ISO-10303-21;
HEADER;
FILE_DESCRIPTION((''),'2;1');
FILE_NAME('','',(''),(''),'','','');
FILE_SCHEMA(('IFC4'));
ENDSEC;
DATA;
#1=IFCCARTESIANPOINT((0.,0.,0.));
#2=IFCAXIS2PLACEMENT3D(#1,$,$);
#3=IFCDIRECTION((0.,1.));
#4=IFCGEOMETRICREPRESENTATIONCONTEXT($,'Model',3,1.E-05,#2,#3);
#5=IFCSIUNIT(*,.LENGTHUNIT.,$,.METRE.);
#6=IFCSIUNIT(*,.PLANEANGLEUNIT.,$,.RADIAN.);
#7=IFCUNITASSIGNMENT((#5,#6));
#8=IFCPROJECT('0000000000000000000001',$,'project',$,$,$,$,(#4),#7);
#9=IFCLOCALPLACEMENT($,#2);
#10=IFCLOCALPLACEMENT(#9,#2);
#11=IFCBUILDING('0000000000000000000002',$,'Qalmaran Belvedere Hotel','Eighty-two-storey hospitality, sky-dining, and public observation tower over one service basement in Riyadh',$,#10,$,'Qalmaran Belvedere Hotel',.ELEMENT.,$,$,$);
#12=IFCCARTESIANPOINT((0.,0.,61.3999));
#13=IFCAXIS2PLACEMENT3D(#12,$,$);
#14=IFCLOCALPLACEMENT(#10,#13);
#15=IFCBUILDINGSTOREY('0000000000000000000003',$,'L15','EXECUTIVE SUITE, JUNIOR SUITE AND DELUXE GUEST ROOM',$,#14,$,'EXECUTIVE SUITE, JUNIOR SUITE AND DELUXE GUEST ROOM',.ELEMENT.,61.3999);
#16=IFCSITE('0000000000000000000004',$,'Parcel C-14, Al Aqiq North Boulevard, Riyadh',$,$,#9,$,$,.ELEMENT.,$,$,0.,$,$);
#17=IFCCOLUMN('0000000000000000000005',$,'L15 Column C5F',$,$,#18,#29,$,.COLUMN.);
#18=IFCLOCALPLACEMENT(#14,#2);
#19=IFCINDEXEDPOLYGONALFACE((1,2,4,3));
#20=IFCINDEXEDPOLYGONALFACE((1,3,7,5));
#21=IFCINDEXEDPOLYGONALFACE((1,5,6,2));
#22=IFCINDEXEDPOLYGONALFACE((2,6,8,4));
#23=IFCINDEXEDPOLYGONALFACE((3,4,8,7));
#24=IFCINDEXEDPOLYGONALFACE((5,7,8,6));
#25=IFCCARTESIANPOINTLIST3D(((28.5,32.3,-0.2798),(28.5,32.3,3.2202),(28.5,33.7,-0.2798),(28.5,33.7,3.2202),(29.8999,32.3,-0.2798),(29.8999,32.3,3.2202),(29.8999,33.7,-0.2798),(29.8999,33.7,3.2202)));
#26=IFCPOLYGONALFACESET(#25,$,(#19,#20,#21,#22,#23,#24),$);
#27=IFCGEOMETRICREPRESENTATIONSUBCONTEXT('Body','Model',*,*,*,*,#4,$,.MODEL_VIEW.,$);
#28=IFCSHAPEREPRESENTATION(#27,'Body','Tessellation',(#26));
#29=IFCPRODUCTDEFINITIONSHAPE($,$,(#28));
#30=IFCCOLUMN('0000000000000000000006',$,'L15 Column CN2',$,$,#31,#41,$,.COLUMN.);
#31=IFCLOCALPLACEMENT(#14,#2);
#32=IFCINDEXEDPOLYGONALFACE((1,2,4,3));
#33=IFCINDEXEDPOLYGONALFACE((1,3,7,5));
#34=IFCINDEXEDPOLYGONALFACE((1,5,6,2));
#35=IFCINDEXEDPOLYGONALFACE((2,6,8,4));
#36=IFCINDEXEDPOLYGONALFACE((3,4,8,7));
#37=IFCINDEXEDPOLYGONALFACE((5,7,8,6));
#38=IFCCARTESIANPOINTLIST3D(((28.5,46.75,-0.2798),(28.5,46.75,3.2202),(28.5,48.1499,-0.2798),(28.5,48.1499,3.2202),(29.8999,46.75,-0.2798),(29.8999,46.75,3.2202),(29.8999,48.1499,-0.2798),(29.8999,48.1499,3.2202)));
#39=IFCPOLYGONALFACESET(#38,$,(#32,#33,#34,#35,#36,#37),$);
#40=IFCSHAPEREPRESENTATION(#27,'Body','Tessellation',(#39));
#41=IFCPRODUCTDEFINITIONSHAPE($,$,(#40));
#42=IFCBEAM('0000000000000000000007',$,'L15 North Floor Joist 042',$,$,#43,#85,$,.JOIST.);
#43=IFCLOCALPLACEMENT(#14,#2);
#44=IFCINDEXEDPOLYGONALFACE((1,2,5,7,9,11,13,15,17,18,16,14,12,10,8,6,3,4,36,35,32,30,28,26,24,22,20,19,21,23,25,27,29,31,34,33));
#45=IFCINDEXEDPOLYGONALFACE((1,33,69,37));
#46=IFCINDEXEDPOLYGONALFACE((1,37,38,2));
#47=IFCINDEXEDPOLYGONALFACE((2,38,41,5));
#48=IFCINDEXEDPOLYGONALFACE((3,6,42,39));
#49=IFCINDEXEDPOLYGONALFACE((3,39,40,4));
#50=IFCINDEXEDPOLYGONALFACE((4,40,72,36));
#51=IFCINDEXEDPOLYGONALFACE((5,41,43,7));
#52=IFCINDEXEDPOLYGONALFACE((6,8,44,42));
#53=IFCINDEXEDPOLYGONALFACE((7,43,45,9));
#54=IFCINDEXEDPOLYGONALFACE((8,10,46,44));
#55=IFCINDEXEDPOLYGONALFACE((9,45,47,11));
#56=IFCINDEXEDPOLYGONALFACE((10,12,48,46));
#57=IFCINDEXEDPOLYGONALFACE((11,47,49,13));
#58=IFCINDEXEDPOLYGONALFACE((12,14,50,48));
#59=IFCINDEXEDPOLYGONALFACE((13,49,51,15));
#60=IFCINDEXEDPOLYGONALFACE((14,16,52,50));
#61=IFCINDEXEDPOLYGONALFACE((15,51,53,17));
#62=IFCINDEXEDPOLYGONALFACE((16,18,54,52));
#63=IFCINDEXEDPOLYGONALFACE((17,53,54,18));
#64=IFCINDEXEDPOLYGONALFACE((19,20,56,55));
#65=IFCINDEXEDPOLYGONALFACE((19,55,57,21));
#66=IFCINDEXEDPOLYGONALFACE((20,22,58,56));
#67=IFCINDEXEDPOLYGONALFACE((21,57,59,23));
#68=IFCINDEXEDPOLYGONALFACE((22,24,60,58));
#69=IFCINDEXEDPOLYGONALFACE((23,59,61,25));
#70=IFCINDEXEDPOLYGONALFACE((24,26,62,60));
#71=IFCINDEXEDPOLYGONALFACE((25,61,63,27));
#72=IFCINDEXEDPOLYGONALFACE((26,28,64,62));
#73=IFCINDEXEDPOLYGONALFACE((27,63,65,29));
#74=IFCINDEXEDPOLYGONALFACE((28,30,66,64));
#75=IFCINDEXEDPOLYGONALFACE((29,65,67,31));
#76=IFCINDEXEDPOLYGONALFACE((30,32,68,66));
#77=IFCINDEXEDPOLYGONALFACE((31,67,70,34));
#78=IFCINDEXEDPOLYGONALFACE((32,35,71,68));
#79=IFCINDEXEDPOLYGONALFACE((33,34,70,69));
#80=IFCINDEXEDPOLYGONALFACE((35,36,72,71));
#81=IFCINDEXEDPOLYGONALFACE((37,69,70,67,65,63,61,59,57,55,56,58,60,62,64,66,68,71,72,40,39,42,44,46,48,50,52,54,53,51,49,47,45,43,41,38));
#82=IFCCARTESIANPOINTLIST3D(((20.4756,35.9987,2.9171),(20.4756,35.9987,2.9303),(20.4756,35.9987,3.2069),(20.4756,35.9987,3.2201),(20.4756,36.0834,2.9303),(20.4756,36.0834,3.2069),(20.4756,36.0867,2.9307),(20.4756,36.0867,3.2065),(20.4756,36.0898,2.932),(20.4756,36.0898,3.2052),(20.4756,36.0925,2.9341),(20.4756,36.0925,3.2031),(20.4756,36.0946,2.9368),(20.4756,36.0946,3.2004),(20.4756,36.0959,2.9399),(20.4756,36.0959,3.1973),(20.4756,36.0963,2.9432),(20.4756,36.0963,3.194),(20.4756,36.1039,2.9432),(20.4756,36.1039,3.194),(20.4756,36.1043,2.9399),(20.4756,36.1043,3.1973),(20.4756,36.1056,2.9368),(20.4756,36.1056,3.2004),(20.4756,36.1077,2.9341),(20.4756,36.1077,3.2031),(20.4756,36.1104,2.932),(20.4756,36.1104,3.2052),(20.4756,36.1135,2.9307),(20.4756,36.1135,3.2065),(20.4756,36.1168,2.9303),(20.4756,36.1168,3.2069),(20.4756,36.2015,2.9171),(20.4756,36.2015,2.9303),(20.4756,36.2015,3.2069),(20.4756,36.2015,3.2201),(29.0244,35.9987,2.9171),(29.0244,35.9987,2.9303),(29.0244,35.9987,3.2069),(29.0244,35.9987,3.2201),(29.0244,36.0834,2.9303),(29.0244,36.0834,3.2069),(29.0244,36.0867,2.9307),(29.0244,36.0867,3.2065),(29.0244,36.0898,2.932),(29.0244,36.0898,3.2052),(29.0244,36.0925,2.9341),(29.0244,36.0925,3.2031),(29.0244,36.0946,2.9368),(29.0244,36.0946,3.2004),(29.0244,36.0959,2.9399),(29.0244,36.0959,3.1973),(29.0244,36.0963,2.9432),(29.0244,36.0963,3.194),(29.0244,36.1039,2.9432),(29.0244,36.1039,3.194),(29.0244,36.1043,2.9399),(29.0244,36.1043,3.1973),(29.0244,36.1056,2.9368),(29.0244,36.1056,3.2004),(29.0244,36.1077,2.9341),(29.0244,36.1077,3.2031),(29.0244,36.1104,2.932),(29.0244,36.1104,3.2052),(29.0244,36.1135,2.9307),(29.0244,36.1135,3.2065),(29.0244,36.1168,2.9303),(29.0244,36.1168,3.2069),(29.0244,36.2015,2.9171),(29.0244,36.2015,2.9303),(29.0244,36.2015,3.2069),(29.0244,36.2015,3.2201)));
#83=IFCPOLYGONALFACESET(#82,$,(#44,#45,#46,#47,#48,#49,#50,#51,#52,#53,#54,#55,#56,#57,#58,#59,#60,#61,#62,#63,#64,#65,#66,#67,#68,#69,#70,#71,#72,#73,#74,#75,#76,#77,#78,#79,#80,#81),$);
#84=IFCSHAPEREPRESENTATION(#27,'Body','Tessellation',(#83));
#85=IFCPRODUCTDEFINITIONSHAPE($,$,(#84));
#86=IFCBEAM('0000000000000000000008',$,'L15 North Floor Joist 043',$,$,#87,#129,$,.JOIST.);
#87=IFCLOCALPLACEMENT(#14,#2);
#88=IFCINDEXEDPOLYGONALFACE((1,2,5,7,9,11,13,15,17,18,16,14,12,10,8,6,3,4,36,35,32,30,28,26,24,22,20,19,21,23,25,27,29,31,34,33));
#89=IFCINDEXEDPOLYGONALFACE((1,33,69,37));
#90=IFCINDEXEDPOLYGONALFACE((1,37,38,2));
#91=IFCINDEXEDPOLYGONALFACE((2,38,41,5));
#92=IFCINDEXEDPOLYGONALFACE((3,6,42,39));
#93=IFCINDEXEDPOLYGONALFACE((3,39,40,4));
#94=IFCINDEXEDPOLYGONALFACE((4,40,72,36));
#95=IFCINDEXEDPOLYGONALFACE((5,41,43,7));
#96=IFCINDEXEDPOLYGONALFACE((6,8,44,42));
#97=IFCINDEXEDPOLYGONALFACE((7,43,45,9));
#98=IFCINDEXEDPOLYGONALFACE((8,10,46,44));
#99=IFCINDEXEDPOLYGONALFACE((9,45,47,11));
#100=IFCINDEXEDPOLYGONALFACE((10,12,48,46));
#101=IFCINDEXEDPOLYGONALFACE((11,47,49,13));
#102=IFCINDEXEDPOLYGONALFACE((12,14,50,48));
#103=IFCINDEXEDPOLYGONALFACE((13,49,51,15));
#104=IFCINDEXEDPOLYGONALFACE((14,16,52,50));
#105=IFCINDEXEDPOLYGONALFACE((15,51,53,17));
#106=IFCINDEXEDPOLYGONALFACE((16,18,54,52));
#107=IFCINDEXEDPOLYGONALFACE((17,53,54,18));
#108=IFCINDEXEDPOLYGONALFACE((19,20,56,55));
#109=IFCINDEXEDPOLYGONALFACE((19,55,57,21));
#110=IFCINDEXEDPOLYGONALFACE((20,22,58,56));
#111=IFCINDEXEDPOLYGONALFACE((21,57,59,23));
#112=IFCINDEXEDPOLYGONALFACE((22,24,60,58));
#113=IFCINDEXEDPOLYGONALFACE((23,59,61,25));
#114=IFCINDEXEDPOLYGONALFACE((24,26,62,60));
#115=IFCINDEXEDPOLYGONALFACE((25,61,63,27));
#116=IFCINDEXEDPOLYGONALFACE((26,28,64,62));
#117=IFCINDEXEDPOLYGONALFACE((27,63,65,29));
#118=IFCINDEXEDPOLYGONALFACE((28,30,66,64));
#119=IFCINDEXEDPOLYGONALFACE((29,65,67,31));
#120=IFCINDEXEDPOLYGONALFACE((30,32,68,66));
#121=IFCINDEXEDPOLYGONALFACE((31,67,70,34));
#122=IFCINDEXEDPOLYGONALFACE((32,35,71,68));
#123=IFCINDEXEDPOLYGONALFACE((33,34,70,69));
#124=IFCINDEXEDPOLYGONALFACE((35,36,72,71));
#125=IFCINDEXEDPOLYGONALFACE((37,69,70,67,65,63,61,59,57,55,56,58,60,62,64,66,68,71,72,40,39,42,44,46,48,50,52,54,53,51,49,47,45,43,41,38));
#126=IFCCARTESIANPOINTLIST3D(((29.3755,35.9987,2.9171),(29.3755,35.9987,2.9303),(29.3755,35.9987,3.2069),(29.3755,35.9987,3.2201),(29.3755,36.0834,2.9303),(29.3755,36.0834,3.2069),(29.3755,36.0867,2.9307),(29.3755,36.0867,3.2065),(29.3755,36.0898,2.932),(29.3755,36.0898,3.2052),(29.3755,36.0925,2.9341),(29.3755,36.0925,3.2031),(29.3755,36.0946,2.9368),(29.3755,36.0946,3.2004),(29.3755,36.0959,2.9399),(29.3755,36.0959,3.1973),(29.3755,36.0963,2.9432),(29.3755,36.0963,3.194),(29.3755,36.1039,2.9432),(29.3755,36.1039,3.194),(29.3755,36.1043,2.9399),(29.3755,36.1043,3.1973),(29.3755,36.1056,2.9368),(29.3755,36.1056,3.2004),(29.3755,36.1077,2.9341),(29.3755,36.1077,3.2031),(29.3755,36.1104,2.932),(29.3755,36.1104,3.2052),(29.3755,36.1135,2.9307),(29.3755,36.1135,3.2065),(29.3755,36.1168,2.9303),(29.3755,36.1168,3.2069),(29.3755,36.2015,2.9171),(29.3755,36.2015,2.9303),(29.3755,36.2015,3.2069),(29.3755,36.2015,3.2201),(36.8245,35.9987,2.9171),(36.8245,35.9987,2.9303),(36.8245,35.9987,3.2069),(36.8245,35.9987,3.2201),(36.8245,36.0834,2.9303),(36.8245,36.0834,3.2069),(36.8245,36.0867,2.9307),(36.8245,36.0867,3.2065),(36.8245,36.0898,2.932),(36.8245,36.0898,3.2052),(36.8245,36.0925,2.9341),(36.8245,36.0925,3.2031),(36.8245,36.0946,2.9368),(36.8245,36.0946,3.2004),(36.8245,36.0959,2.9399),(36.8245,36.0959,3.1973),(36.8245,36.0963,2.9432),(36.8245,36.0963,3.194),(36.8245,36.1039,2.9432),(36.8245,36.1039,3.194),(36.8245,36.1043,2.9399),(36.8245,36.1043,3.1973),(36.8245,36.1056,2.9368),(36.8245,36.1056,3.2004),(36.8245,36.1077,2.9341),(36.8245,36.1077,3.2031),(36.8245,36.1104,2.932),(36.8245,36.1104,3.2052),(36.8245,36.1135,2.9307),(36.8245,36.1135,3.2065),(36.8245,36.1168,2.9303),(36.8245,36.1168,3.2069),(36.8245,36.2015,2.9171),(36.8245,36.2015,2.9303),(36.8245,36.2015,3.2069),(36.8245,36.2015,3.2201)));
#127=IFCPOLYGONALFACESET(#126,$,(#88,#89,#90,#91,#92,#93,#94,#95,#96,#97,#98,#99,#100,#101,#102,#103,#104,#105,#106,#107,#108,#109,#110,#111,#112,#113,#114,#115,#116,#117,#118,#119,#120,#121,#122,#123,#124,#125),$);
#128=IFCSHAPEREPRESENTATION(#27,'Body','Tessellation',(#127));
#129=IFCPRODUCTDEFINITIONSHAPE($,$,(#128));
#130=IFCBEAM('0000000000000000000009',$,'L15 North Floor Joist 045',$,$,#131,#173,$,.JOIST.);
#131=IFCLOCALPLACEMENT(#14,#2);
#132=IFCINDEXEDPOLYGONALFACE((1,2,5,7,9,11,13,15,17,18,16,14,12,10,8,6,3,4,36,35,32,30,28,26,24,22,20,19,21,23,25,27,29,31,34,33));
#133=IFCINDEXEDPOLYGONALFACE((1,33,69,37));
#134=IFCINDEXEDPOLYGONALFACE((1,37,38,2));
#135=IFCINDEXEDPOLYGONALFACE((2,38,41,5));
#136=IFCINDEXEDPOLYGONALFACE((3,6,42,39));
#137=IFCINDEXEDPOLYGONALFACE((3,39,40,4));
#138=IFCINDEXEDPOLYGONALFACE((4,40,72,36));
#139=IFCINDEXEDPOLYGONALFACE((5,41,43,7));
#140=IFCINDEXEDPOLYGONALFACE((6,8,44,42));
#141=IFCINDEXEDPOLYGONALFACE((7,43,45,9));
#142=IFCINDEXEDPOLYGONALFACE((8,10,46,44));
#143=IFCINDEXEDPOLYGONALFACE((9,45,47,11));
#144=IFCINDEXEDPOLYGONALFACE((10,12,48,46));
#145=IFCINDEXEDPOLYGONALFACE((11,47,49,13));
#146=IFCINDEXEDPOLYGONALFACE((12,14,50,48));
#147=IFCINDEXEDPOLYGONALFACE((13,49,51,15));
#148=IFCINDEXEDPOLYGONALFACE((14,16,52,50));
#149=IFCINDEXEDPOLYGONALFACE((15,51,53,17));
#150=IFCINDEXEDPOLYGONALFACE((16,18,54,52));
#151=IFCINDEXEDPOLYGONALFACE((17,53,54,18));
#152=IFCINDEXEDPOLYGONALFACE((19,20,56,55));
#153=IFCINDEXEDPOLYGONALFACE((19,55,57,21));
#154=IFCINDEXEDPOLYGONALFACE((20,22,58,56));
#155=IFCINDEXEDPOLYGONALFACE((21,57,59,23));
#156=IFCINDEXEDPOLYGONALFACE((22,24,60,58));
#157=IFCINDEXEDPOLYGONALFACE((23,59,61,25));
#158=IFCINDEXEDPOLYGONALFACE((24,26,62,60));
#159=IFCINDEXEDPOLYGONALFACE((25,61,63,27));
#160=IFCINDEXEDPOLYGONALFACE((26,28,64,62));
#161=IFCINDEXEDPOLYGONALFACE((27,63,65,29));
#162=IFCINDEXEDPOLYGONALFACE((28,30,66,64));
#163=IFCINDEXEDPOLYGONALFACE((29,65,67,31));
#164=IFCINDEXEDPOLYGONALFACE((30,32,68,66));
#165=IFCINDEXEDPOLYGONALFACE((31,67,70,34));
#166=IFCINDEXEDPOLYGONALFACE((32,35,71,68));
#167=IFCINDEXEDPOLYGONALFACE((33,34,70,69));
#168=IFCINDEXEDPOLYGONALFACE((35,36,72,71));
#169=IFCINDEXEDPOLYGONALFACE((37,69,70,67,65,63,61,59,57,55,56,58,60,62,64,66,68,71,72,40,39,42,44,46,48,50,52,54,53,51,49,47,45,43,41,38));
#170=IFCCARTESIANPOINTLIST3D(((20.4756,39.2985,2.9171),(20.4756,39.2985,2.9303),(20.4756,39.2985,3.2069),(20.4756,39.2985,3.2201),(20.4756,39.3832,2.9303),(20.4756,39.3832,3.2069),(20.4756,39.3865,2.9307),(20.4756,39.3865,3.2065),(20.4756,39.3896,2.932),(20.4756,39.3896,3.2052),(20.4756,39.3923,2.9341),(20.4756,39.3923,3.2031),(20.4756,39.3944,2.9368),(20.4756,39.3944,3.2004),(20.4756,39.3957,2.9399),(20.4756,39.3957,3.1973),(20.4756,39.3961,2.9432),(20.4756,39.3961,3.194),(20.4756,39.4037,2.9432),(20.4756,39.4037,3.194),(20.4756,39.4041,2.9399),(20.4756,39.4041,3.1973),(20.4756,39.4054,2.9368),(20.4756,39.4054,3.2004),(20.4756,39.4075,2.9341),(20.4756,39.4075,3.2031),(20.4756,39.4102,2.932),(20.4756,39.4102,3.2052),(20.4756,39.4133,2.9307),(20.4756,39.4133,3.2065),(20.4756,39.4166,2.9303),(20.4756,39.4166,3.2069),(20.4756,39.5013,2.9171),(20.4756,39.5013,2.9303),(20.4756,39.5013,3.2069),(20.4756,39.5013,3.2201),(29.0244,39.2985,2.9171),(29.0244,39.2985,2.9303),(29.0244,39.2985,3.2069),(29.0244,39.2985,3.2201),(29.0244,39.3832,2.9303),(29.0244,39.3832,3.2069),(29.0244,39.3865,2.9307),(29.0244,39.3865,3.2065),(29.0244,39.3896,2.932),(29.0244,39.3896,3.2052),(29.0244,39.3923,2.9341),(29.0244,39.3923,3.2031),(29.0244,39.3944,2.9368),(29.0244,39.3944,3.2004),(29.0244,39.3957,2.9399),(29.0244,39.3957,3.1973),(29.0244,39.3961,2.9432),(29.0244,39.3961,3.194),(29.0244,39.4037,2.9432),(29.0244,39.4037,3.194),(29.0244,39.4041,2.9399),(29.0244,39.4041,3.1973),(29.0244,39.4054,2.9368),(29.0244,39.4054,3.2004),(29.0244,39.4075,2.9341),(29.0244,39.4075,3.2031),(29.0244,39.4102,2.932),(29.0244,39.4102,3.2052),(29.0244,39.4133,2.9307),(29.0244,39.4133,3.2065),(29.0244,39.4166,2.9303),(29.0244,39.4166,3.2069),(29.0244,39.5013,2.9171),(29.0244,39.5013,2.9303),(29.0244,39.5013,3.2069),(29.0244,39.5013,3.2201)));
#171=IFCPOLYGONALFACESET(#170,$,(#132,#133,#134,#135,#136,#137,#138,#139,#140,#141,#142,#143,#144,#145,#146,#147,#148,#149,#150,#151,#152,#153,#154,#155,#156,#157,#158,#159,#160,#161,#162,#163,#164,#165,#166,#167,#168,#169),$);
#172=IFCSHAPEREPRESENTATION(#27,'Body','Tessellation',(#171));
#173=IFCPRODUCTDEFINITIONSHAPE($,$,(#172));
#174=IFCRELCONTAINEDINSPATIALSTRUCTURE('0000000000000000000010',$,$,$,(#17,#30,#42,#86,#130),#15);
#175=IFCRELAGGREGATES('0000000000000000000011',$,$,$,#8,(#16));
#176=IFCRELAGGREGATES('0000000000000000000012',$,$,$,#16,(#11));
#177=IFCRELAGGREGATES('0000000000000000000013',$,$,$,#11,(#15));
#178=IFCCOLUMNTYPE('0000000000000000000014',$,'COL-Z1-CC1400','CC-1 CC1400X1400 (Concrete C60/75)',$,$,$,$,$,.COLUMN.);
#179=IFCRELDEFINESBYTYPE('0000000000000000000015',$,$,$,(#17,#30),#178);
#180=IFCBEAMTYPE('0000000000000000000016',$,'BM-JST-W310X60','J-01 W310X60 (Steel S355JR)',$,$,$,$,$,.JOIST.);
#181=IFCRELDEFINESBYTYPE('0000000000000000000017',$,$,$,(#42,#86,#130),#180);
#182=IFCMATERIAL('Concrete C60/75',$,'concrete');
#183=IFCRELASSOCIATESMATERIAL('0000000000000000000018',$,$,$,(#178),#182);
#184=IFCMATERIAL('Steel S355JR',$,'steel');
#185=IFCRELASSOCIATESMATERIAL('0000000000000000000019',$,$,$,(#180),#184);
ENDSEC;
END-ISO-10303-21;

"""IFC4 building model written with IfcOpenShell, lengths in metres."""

from ifc_helpers import new_model, si_unit, direction, frame, origin, origin_2d, place, context, subcontext, project, spatial, rectangle, i_section, extrude, material, material_profile, profile_set, type_object, element, save


model = new_model("IFC4")

# Units and contexts
model_context = context("Model", 3, precision=1e-05, world=origin(), true_north=direction((0.0, 1.0)))
body_context = subcontext(model_context, "Body", "Model", "MODEL_VIEW")
ifc_project = project(units=[si_unit("LENGTHUNIT", "METRE"), si_unit("PLANEANGLEUNIT", "RADIAN")], contexts=[model_context])

# Site, building, storey
site_placement = place(None, origin())
site = spatial("IfcSite", under=ifc_project, at=site_placement, Name="Parcel C-14, Al Aqiq North Boulevard, Riyadh", CompositionType="ELEMENT", RefElevation=0.0)
building_placement = place(site_placement, origin())
building = spatial("IfcBuilding", under=site, at=building_placement, Name="Qalmaran Belvedere Hotel", Description="Eighty-two-storey hospitality, sky-dining, and public observation tower over one service basement in Riyadh", LongName="Qalmaran Belvedere Hotel", CompositionType="ELEMENT")
storey_placement = place(building_placement, frame((0.0, 0.0, 61.3999)))
storey = spatial("IfcBuildingStorey", under=building, at=storey_placement, Name="L15", Description="EXECUTIVE SUITE, JUNIOR SUITE AND DELUXE GUEST ROOM", LongName="EXECUTIVE SUITE, JUNIOR SUITE AND DELUXE GUEST ROOM", CompositionType="ELEMENT", Elevation=61.3999)

# Columns
ifc_material_1 = material(Name="Concrete C60/75", Category="concrete")
ifc_material_profile_1 = material_profile(ifc_material_1, rectangle(XDim=1.3999, YDim=1.3999, at=origin_2d()), Name="CC1400X1400")
ifc_profile_set_1 = profile_set([ifc_material_profile_1], Name="Concrete C60/75")
column_type = type_object("IfcColumnType", Name="COL-Z1-CC1400", Description="CC-1 CC1400X1400 (Concrete C60/75)", PredefinedType="COLUMN", material=ifc_profile_set_1)
for number, where, z_axis, x_axis, name in (
    (1, (29.2, 33.0, -0.2798), (0.0, 0.0, 1.0), (1.0, 0.0, 0.0), "L15 Column C5F"),
    (2, (29.2, 47.45, -0.2798), (0.0, 0.0, 1.0), (1.0, 0.0, 0.0), "L15 Column CN2"),
):
    element("IfcColumn", number, at=place(storey_placement, frame(where, z_axis=z_axis, x_axis=x_axis)), inside=storey, type_object=column_type, Name=name, PredefinedType="COLUMN", context=body_context, shape_type="SweptSolid", body=[
        extrude(rectangle(XDim=1.3999, YDim=1.3999, at=origin_2d()), origin(), (0.0, 0.0, 1.0), 3.5),
    ])

# Beams
ifc_material_2 = material(Name="Steel S355JR", Category="steel")
ifc_material_profile_2 = material_profile(ifc_material_2, i_section(OverallWidth=0.2029, OverallDepth=0.303, WebThickness=0.0076, FlangeThickness=0.0132, FilletRadius=0.0129, at=origin_2d()), Name="W310X60")
ifc_profile_set_2 = profile_set([ifc_material_profile_2], Name="Steel S355JR")
beam_type_1 = type_object("IfcBeamType", Name="BM-JST-W310X60", Description="J-01 W310X60 (Steel S355JR)", PredefinedType="JOIST", material=ifc_profile_set_2)
beam_1_placement = place(storey_placement, frame((20.4756, 36.1001, 3.0686), z_axis=(1.0, 0.0, 0.0), x_axis=(0.0, 1.0, 0.0)))
element("IfcBeam", 3, at=beam_1_placement, inside=storey, type_object=beam_type_1, Name="L15 North Floor Joist 042", PredefinedType="JOIST", context=body_context, shape_type="SweptSolid", body=[
    extrude(i_section(OverallWidth=0.2029, OverallDepth=0.303, WebThickness=0.0076, FlangeThickness=0.0132, FilletRadius=0.0129, at=origin_2d()), origin(), (0.0, 0.0, 1.0), 8.5488),
])
beam_2_placement = place(storey_placement, frame((29.3755, 36.1001, 3.0686), z_axis=(1.0, 0.0, 0.0), x_axis=(0.0, 1.0, 0.0)))
element("IfcBeam", 4, at=beam_2_placement, inside=storey, type_object=beam_type_1, Name="L15 North Floor Joist 043", PredefinedType="JOIST", context=body_context, shape_type="SweptSolid", body=[
    extrude(i_section(OverallWidth=0.2029, OverallDepth=0.303, WebThickness=0.0076, FlangeThickness=0.0132, FilletRadius=0.0129, at=origin_2d()), origin(), (0.0, 0.0, 1.0), 7.449),
])
beam_3_placement = place(storey_placement, frame((20.4756, 39.3999, 3.0686), z_axis=(1.0, 0.0, 0.0), x_axis=(0.0, 1.0, 0.0)))
element("IfcBeam", 5, at=beam_3_placement, inside=storey, type_object=beam_type_1, Name="L15 North Floor Joist 045", PredefinedType="JOIST", context=body_context, shape_type="SweptSolid", body=[
    extrude(i_section(OverallWidth=0.2029, OverallDepth=0.303, WebThickness=0.0076, FlangeThickness=0.0132, FilletRadius=0.0129, at=origin_2d()), origin(), (0.0, 0.0, 1.0), 8.5488),
])

save(model, "model.ifc")
